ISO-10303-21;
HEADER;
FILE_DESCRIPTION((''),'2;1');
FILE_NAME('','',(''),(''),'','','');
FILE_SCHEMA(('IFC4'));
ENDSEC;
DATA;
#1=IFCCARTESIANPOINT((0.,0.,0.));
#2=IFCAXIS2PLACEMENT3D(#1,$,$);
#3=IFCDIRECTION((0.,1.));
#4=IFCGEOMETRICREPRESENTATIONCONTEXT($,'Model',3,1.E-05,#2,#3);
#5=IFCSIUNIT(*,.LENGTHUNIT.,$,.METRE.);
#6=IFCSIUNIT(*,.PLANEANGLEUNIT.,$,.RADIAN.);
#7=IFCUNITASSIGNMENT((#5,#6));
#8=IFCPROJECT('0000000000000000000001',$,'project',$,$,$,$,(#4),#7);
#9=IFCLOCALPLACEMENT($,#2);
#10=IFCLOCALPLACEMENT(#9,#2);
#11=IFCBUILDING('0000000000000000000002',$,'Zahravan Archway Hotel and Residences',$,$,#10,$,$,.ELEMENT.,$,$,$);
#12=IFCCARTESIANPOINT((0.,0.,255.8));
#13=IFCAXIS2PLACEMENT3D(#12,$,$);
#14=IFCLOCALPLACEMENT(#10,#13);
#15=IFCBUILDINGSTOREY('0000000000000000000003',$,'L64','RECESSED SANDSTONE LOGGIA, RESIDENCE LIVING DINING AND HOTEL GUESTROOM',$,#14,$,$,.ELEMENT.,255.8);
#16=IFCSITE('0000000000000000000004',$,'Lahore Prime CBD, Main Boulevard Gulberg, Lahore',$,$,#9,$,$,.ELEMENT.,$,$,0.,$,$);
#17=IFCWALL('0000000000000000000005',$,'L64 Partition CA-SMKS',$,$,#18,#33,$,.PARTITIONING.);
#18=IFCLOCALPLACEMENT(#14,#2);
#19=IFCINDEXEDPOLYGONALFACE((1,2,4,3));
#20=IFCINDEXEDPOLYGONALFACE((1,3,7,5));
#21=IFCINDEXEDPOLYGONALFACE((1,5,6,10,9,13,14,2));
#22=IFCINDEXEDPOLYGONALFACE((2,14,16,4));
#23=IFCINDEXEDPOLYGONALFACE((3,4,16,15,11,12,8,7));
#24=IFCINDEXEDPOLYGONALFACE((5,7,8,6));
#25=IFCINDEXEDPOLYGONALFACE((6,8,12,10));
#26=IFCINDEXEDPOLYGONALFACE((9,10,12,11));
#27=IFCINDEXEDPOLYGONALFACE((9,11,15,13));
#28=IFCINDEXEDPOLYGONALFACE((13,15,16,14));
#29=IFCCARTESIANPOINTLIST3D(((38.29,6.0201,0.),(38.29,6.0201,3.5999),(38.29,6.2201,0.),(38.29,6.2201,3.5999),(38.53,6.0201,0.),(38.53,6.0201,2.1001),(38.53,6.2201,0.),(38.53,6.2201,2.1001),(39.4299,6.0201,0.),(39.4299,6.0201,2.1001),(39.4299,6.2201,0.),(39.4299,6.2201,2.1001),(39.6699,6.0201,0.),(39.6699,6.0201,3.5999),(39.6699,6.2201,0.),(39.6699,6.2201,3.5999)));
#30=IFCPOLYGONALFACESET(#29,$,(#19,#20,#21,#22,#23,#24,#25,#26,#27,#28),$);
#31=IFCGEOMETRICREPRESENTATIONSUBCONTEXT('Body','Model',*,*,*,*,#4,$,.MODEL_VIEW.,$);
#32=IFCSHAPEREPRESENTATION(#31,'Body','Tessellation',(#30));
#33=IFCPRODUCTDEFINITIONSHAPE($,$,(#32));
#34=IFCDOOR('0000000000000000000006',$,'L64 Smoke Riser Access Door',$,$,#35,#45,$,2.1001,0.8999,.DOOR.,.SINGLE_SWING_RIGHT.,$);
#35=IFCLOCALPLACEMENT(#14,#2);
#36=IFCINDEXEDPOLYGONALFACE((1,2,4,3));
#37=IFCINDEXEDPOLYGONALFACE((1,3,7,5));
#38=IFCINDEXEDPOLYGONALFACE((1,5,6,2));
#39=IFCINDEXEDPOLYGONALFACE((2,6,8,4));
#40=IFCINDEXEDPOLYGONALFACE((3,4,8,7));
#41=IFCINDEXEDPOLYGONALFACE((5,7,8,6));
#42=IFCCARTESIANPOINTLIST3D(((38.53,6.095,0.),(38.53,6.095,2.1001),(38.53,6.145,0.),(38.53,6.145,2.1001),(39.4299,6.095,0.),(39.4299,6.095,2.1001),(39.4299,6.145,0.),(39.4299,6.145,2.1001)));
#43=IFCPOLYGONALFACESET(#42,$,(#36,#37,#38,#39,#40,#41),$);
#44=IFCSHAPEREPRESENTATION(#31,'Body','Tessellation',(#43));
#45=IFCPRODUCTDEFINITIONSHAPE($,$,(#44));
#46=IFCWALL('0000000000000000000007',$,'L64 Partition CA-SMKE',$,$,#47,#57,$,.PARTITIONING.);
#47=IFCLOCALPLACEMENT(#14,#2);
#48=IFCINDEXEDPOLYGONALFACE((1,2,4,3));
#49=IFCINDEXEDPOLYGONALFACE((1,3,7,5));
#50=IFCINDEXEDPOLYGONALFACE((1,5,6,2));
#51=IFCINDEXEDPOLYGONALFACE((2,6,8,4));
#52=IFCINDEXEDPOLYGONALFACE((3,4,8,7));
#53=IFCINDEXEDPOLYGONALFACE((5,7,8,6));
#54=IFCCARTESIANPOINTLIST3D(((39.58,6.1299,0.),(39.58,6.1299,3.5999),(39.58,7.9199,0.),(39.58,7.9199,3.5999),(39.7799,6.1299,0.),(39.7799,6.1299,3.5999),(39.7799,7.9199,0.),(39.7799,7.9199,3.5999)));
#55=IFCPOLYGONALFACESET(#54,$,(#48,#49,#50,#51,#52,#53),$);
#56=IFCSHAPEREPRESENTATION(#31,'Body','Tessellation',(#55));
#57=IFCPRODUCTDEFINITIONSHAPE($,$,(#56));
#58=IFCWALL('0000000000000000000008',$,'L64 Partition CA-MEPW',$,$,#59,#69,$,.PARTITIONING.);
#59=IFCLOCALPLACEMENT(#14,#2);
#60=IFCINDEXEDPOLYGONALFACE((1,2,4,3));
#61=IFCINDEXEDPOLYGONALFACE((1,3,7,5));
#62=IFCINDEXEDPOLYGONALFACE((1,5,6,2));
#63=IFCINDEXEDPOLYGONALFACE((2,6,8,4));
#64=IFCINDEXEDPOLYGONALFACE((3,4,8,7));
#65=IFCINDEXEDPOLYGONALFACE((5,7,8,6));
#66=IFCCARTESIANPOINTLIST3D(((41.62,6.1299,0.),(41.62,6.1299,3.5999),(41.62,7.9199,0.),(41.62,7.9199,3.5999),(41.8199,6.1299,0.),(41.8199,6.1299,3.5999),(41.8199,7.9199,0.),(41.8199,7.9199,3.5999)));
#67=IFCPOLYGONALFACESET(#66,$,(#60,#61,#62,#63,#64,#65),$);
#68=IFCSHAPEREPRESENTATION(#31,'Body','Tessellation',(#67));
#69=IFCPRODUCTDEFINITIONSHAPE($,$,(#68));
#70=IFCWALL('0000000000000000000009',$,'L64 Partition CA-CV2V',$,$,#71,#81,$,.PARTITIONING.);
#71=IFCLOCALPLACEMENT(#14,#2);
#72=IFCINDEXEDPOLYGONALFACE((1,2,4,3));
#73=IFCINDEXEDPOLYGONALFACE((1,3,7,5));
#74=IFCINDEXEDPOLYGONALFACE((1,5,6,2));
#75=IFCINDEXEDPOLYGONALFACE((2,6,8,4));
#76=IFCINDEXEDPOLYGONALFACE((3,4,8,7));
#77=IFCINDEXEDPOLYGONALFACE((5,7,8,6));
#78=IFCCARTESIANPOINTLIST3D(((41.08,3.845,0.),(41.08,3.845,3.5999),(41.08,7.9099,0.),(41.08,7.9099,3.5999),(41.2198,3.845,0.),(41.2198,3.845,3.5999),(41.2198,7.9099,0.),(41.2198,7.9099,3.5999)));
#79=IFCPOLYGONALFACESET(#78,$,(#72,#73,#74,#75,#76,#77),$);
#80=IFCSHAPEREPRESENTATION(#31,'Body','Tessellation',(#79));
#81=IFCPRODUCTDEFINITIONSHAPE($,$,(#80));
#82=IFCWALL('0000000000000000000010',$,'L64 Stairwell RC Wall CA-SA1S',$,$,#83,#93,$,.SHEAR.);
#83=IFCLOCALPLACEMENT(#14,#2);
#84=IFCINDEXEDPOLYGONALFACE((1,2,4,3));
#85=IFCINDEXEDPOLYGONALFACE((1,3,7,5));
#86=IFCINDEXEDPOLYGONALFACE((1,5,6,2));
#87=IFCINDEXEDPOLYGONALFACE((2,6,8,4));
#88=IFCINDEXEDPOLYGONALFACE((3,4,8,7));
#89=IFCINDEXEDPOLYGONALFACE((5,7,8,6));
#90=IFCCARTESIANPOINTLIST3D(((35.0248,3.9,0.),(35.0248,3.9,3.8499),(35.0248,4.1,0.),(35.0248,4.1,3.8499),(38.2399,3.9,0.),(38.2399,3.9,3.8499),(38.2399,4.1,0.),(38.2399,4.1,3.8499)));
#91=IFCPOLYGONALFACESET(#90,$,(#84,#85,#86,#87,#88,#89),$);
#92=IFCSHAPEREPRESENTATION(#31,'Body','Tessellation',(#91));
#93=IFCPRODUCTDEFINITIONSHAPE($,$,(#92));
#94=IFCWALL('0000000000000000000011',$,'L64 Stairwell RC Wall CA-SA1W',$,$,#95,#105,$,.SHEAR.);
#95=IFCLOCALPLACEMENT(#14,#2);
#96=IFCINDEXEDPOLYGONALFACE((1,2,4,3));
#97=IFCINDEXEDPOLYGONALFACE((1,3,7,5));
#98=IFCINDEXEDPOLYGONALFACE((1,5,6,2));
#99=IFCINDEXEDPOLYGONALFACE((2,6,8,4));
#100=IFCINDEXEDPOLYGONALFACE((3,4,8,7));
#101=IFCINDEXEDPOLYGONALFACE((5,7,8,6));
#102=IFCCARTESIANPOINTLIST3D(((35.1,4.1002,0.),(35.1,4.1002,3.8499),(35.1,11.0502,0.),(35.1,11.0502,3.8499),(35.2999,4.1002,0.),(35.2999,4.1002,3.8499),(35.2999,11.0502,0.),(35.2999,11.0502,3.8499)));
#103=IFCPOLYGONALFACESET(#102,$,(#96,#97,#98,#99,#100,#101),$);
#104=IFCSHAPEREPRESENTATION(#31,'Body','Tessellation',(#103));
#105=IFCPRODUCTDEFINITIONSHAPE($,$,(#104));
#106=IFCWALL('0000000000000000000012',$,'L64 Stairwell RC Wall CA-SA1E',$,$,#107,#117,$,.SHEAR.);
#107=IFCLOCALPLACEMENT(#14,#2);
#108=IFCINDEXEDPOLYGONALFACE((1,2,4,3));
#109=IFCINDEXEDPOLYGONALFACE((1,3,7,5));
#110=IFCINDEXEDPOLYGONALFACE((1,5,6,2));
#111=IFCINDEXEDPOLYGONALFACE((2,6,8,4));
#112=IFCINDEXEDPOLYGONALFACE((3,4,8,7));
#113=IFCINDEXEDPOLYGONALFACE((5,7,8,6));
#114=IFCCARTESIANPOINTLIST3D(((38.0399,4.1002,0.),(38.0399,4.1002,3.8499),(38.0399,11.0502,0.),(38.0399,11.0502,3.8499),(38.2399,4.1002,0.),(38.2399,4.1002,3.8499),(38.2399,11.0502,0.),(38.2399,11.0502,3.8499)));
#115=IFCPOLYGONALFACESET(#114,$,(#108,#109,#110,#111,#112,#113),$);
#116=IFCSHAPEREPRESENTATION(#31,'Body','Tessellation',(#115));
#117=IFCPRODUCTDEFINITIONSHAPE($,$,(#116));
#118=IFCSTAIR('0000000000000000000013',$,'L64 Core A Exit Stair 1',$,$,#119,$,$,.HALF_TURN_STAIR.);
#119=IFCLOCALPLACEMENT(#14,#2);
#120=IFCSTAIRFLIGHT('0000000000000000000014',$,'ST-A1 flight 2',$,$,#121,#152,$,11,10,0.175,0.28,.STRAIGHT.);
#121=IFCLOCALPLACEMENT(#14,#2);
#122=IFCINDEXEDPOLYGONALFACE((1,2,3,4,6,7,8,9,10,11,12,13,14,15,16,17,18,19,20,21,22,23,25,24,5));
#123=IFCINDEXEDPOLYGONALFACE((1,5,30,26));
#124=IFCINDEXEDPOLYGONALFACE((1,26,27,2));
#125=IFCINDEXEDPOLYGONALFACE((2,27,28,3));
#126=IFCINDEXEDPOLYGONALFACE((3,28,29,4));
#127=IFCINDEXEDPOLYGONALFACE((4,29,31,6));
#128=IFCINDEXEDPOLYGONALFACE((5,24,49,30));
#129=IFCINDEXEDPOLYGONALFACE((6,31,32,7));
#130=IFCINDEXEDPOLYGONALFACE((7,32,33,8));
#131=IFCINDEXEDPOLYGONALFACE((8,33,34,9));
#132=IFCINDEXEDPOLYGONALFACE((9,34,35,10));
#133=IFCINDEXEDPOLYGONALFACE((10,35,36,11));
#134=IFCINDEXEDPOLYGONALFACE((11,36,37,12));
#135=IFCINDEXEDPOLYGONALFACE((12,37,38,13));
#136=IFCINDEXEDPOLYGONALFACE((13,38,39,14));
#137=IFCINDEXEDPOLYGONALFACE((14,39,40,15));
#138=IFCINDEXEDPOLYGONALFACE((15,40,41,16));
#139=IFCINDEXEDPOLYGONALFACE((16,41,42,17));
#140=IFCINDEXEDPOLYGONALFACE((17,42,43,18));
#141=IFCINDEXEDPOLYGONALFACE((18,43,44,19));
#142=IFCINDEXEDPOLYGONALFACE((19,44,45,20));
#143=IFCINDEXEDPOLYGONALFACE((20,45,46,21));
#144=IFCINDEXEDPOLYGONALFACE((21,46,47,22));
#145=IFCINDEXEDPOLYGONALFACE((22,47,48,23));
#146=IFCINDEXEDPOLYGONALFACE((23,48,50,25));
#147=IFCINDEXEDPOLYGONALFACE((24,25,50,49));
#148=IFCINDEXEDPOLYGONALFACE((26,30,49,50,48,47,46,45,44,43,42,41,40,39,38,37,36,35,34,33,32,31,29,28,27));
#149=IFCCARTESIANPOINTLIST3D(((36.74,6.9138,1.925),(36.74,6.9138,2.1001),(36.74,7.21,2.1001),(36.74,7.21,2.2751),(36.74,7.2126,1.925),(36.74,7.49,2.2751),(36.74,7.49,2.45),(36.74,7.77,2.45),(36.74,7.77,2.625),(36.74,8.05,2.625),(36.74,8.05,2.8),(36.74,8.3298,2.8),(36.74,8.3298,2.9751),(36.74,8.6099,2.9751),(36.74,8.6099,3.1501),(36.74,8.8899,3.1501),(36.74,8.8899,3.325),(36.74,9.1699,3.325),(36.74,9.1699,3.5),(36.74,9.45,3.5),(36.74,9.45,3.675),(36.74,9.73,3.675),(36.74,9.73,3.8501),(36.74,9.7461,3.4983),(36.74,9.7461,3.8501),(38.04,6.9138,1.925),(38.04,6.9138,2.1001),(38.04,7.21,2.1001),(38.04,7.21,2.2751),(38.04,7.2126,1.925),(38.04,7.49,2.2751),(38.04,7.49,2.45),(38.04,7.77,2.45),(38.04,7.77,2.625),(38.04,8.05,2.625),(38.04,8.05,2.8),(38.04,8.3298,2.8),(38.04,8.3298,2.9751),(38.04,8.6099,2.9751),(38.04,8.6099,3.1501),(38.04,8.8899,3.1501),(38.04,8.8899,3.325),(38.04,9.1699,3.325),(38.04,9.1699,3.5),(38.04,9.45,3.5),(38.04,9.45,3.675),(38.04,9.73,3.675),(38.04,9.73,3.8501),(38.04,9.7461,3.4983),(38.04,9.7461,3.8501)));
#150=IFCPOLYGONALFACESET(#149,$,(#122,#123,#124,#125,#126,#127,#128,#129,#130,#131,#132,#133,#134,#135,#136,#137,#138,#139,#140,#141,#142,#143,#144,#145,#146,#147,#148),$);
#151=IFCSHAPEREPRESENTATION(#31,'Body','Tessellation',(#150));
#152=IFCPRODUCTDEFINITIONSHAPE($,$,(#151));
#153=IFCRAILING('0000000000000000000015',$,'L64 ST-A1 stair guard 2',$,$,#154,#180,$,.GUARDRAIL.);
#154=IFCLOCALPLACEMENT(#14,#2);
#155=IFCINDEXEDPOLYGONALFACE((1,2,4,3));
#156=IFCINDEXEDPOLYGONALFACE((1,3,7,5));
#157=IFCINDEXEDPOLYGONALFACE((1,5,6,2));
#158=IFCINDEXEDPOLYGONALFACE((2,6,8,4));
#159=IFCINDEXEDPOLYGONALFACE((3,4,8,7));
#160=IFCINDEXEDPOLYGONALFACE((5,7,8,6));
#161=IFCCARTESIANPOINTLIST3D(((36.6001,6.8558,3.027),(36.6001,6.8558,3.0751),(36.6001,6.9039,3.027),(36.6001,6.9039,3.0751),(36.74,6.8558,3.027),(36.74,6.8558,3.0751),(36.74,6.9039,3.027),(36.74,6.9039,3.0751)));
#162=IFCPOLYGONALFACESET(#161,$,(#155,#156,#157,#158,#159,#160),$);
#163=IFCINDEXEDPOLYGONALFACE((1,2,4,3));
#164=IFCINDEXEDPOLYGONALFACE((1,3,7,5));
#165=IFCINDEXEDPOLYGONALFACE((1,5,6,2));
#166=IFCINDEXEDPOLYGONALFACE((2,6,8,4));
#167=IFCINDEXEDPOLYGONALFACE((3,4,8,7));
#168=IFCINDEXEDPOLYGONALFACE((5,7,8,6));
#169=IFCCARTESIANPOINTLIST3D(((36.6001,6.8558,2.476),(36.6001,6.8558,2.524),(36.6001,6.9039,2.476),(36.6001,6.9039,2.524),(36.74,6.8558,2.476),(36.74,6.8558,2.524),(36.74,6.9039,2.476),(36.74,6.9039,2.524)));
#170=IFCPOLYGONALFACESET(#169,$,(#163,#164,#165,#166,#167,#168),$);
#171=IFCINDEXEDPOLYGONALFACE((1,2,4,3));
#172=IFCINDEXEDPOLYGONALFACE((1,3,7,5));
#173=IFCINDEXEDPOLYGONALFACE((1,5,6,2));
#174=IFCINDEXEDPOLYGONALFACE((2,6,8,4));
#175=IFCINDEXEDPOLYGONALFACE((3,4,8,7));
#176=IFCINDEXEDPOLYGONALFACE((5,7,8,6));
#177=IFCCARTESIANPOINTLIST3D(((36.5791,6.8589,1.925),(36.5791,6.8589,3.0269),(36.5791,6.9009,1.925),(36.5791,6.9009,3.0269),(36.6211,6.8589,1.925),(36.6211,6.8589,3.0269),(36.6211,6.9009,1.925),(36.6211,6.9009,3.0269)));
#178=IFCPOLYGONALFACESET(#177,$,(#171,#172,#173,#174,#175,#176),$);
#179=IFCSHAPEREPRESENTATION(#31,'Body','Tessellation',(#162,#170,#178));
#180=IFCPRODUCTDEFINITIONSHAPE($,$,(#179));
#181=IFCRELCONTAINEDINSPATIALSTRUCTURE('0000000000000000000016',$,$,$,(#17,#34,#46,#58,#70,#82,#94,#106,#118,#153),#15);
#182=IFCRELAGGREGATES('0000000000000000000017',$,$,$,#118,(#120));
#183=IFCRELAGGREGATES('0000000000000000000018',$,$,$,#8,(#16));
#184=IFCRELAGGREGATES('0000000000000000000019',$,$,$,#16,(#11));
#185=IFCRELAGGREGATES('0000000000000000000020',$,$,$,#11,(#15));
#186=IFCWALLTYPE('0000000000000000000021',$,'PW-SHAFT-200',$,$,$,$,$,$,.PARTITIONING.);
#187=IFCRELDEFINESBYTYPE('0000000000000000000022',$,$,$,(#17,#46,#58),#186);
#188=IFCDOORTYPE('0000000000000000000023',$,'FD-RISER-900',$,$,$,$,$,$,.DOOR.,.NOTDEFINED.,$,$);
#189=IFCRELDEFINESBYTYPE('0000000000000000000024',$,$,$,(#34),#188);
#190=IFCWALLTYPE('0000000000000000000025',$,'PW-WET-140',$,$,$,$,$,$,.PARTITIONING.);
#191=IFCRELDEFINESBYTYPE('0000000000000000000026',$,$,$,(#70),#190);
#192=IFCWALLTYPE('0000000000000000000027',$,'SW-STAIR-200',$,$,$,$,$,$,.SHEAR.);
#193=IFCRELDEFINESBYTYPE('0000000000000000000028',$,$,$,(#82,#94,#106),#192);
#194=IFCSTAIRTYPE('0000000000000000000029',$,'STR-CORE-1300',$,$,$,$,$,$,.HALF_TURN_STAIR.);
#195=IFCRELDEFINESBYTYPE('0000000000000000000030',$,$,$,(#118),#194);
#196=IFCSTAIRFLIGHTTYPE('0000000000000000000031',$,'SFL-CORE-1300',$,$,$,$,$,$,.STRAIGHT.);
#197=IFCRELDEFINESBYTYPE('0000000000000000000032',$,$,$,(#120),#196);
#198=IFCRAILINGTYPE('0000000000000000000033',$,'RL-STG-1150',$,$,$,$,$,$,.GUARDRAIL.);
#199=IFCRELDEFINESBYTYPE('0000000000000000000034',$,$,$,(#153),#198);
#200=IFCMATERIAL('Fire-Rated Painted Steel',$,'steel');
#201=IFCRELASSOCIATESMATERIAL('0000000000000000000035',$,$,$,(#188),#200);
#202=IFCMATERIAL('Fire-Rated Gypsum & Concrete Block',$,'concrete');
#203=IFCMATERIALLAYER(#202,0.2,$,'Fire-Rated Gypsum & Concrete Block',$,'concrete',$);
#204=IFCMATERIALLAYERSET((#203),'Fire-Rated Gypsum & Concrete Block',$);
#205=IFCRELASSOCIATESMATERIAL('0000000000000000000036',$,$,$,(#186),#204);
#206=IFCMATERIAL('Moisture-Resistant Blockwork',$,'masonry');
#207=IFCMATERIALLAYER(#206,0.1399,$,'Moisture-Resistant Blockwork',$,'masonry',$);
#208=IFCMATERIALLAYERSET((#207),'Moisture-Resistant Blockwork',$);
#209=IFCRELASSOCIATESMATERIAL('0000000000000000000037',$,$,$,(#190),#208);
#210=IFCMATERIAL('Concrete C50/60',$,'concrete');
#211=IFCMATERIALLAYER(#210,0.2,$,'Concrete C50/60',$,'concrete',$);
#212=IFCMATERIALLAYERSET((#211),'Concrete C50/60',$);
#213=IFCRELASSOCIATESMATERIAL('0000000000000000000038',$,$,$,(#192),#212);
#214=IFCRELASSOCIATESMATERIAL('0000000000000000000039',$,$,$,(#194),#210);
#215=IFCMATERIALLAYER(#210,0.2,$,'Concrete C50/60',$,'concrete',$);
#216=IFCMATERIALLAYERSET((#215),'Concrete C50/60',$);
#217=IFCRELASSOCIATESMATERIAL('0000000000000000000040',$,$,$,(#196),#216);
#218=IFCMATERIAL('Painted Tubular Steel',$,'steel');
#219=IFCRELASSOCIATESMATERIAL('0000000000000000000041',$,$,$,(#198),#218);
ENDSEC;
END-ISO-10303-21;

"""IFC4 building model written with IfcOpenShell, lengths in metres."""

from ifc_helpers import new_model, si_unit, direction, frame, frame_2d, origin, origin_2d, place, context, subcontext, project, spatial, polyline, rectangle, outline, extrude, source, transform, mapped, material, layer, layer_set, type_object, type_shapes, element, fill, aggregate, save


model = new_model("IFC4")

# Units and contexts
model_context = context("Model", 3, precision=1e-05, world=origin(), true_north=direction((0.0, 1.0)))
body_context = subcontext(model_context, "Body", "Model", "MODEL_VIEW")
ifc_project = project(units=[si_unit("LENGTHUNIT", "METRE"), si_unit("PLANEANGLEUNIT", "RADIAN")], contexts=[model_context])

# Site, building, storey
site_placement = place(None, origin())
site = spatial("IfcSite", under=ifc_project, at=site_placement, Name="Lahore Prime CBD, Main Boulevard Gulberg, Lahore", CompositionType="ELEMENT", RefElevation=0.0)
building_placement = place(site_placement, origin())
building = spatial("IfcBuilding", under=site, at=building_placement, Name="Zahravan Archway Hotel and Residences", CompositionType="ELEMENT")
storey_placement = place(building_placement, frame((0.0, 0.0, 255.8)))
storey = spatial("IfcBuildingStorey", under=building, at=storey_placement, Name="L64", Description="RECESSED SANDSTONE LOGGIA, RESIDENCE LIVING DINING AND HOTEL GUESTROOM", CompositionType="ELEMENT", Elevation=255.8)

# Shared definitions
ifc_material_1 = material(Name="Concrete C50/60", Category="concrete")

# Shared definitions
ifc_material_2 = material(Name="Fire-Rated Painted Steel", Category="steel")
door_type = type_object("IfcDoorType", Name="FD-RISER-900", OperationType="NOTDEFINED", PredefinedType="DOOR", material=ifc_material_2)
shared_shape_1 = source(origin(), body_context, "Body", "SweptSolid", [
    extrude(rectangle(XDim=0.8999, YDim=2.1001, at=frame_2d((0.45, 1.05))), frame((0.0, 0.0249, 0.0), z_axis=(0.0, -1.0, 0.0), x_axis=(1.0, 0.0, 0.0)), (0.0, 0.0, 1.0), 0.05),
])
type_shapes(door_type, [shared_shape_1])

# Wall, opening, door
ifc_material_3 = material(Name="Fire-Rated Gypsum & Concrete Block", Category="concrete")
ifc_layer_1 = layer(ifc_material_3, 0.2, Name="Fire-Rated Gypsum & Concrete Block", Category="concrete")
ifc_layer_set_1 = layer_set([ifc_layer_1], Name="Fire-Rated Gypsum & Concrete Block")
wall_type_1 = type_object("IfcWallType", Name="PW-SHAFT-200", PredefinedType="PARTITIONING", material=ifc_layer_set_1)
wall_1_placement = place(storey_placement, frame((38.29, 6.1201, 0.0), z_axis=(0.0, 0.0, 1.0), x_axis=(1.0, 0.0, 0.0)))
wall_1 = element("IfcWall", 1, at=wall_1_placement, inside=storey, type_object=wall_type_1, Name="L64 Partition CA-SMKS", PredefinedType="PARTITIONING", context=body_context, shape_type="SweptSolid", body=[
    extrude(rectangle(XDim=1.3799, YDim=0.2, at=frame_2d((0.6899, 0.0))), origin(), (0.0, 0.0, 1.0), 3.5999),
])
opening_1_placement = place(wall_1_placement, frame((0.24, 0.0, 0.0)))
opening_1 = element("IfcOpeningElement", 2, at=opening_1_placement, cuts=wall_1, PredefinedType="OPENING", context=body_context, shape_type="SweptSolid", body=[
    extrude(rectangle(XDim=0.8999, YDim=2.1001, at=frame_2d((0.45, 1.05))), frame((0.0, 0.1099, 0.0), z_axis=(0.0, -1.0, 0.0), x_axis=(1.0, 0.0, 0.0)), (0.0, 0.0, 1.0), 0.22),
])
door_1_placement = place(opening_1_placement, origin())
door_1 = element("IfcDoor", 3, at=door_1_placement, inside=storey, type_object=door_type, Name="L64 Smoke Riser Access Door", OperationType="SINGLE_SWING_RIGHT", OverallHeight=2.1001, OverallWidth=0.8999, PredefinedType="DOOR", context=body_context, shape_type="MappedRepresentation", body=[
    mapped(shared_shape_1, transform((0.0, 0.0, 0.0), scale=1.0)),
])
fill(opening_1, door_1)

# Walls
for number, where, z_axis, x_axis, name in (
    (4, (39.6799, 6.1299, 0.0), (0.0, 0.0, 1.0), (0.0, 1.0, 0.0), "L64 Partition CA-SMKE"),
    (5, (41.72, 6.1299, 0.0), (0.0, 0.0, 1.0), (0.0, 1.0, 0.0), "L64 Partition CA-MEPW"),
):
    element("IfcWall", number, at=place(storey_placement, frame(where, z_axis=z_axis, x_axis=x_axis)), inside=storey, type_object=wall_type_1, Name=name, PredefinedType="PARTITIONING", context=body_context, shape_type="SweptSolid", body=[
        extrude(rectangle(XDim=1.79, YDim=0.2, at=frame_2d((0.895, 0.0))), origin(), (0.0, 0.0, 1.0), 3.5999),
    ])
ifc_material_4 = material(Name="Moisture-Resistant Blockwork", Category="masonry")
ifc_layer_2 = layer(ifc_material_4, 0.1399, Name="Moisture-Resistant Blockwork", Category="masonry")
ifc_layer_set_2 = layer_set([ifc_layer_2], Name="Moisture-Resistant Blockwork")
wall_type_2 = type_object("IfcWallType", Name="PW-WET-140", PredefinedType="PARTITIONING", material=ifc_layer_set_2)
wall_2_placement = place(storey_placement, frame((41.1499, 3.845, 0.0), z_axis=(0.0, 0.0, 1.0), x_axis=(0.0, 1.0, 0.0)))
element("IfcWall", 6, at=wall_2_placement, inside=storey, type_object=wall_type_2, Name="L64 Partition CA-CV2V", PredefinedType="PARTITIONING", context=body_context, shape_type="SweptSolid", body=[
    extrude(rectangle(XDim=4.0649, YDim=0.1399, at=frame_2d((2.0325, 0.0))), origin(), (0.0, 0.0, 1.0), 3.5999),
])
ifc_layer_3 = layer(ifc_material_1, 0.2, Name="Concrete C50/60", Category="concrete")
ifc_layer_set_3 = layer_set([ifc_layer_3], Name="Concrete C50/60")
wall_type_3 = type_object("IfcWallType", Name="SW-STAIR-200", PredefinedType="SHEAR", material=ifc_layer_set_3)
wall_3_placement = place(storey_placement, frame((35.0249, 4.0, 0.0), z_axis=(0.0, 0.0, 1.0), x_axis=(1.0, 0.0, 0.0)))
element("IfcWall", 7, at=wall_3_placement, inside=storey, type_object=wall_type_3, Name="L64 Stairwell RC Wall CA-SA1S", PredefinedType="SHEAR", context=body_context, shape_type="SweptSolid", body=[
    extrude(rectangle(XDim=3.2151, YDim=0.2, at=frame_2d((1.6074, 0.0))), origin(), (0.0, 0.0, 1.0), 3.8499),
])
for number, where, z_axis, x_axis, name in (
    (8, (35.2, 4.1001, 0.0), (0.0, 0.0, 1.0), (0.0, 1.0, 0.0), "L64 Stairwell RC Wall CA-SA1W"),
    (9, (38.1399, 4.1001, 0.0), (0.0, 0.0, 1.0), (0.0, 1.0, 0.0), "L64 Stairwell RC Wall CA-SA1E"),
):
    element("IfcWall", number, at=place(storey_placement, frame(where, z_axis=z_axis, x_axis=x_axis)), inside=storey, type_object=wall_type_3, Name=name, PredefinedType="SHEAR", context=body_context, shape_type="SweptSolid", body=[
        extrude(rectangle(XDim=6.95, YDim=0.2, at=frame_2d((3.4751, 0.0))), origin(), (0.0, 0.0, 1.0), 3.8499),
    ])

# Stair, stair flight
stair_type = type_object("IfcStairType", Name="STR-CORE-1300", PredefinedType="HALF_TURN_STAIR", material=ifc_material_1)
stair_placement = place(storey_placement, origin())
stair = element("IfcStair", 10, at=stair_placement, inside=storey, type_object=stair_type, Name="L64 Core A Exit Stair 1", PredefinedType="HALF_TURN_STAIR")
ifc_layer_4 = layer(ifc_material_1, 0.2, Name="Concrete C50/60", Category="concrete")
ifc_layer_set_4 = layer_set([ifc_layer_4], Name="Concrete C50/60")
stair_flight_type = type_object("IfcStairFlightType", Name="SFL-CORE-1300", PredefinedType="STRAIGHT", material=ifc_layer_set_4)
shared_shape_2 = source(origin(), body_context, "Body", "SweptSolid", [
    extrude(outline(polyline([(-0.0161, 0.0), (-0.0161, 0.175), (0.28, 0.175), (0.28, 0.3501), (0.5601, 0.3501), (0.5601, 0.5249), (0.8401, 0.5249), (0.8401, 0.7), (1.1201, 0.7), (1.1201, 0.875), (1.3999, 0.875), (1.3999, 1.05), (1.6799, 1.05), (1.6799, 1.2251), (1.96, 1.2251), (1.96, 1.3999), (2.24, 1.3999), (2.24, 1.575), (2.52, 1.575), (2.52, 1.75), (2.8, 1.75), (2.8, 1.925), (2.8162, 1.925), (2.8162, 1.5732), (0.2827, 0.0), (-0.0161, 0.0)])), frame((0.0, 0.6499, 0.0), z_axis=(0.0, -1.0, 0.0), x_axis=(1.0, 0.0, 0.0)), (0.0, 0.0, 1.0), 1.3),
])
stair_flight_placement = place(storey_placement, frame((37.3899, 6.9299, 1.925), z_axis=(0.0, 0.0, 1.0), x_axis=(0.0, 1.0, 0.0)))
stair_flight = element("IfcStairFlight", 11, at=stair_flight_placement, type_object=stair_flight_type, Name="ST-A1 flight 2", NumberOfRisers=11, NumberOfTreads=10, PredefinedType="STRAIGHT", RiserHeight=0.175, TreadLength=0.28, context=body_context, shape_type="MappedRepresentation", body=[
    mapped(shared_shape_2, transform((0.0, 0.0, 0.0), scale=1.0)),
])
aggregate(stair, [stair_flight])

# Railing
ifc_material_5 = material(Name="Painted Tubular Steel", Category="steel")
railing_type_1 = type_object("IfcRailingType", Name="RL-STG-1150", PredefinedType="GUARDRAIL", material=ifc_material_5)
railing_1_placement = place(storey_placement, frame((36.6001, 6.8799, 1.925)))
element("IfcRailing", 12, at=railing_1_placement, inside=storey, type_object=railing_type_1, Name="L64 ST-A1 stair guard 2", PredefinedType="GUARDRAIL", context=body_context, shape_type="SweptSolid", body=[
    extrude(rectangle(XDim=0.0481, YDim=0.0481, at=origin_2d()), frame((0.0, 0.0, 1.126), z_axis=(1.0, 0.0, 0.0), x_axis=(0.0, 1.0, 0.0)), (0.0, 0.0, 1.0), 0.1399),
    extrude(rectangle(XDim=0.0481, YDim=0.0481, at=origin_2d()), frame((0.0, 0.0, 0.575), z_axis=(1.0, 0.0, 0.0), x_axis=(0.0, 1.0, 0.0)), (0.0, 0.0, 1.0), 0.1399),
    extrude(rectangle(XDim=0.042, YDim=0.042, at=origin_2d()), origin(), (0.0, 0.0, 1.0), 1.1018),
])

save(model, "model.ifc")
